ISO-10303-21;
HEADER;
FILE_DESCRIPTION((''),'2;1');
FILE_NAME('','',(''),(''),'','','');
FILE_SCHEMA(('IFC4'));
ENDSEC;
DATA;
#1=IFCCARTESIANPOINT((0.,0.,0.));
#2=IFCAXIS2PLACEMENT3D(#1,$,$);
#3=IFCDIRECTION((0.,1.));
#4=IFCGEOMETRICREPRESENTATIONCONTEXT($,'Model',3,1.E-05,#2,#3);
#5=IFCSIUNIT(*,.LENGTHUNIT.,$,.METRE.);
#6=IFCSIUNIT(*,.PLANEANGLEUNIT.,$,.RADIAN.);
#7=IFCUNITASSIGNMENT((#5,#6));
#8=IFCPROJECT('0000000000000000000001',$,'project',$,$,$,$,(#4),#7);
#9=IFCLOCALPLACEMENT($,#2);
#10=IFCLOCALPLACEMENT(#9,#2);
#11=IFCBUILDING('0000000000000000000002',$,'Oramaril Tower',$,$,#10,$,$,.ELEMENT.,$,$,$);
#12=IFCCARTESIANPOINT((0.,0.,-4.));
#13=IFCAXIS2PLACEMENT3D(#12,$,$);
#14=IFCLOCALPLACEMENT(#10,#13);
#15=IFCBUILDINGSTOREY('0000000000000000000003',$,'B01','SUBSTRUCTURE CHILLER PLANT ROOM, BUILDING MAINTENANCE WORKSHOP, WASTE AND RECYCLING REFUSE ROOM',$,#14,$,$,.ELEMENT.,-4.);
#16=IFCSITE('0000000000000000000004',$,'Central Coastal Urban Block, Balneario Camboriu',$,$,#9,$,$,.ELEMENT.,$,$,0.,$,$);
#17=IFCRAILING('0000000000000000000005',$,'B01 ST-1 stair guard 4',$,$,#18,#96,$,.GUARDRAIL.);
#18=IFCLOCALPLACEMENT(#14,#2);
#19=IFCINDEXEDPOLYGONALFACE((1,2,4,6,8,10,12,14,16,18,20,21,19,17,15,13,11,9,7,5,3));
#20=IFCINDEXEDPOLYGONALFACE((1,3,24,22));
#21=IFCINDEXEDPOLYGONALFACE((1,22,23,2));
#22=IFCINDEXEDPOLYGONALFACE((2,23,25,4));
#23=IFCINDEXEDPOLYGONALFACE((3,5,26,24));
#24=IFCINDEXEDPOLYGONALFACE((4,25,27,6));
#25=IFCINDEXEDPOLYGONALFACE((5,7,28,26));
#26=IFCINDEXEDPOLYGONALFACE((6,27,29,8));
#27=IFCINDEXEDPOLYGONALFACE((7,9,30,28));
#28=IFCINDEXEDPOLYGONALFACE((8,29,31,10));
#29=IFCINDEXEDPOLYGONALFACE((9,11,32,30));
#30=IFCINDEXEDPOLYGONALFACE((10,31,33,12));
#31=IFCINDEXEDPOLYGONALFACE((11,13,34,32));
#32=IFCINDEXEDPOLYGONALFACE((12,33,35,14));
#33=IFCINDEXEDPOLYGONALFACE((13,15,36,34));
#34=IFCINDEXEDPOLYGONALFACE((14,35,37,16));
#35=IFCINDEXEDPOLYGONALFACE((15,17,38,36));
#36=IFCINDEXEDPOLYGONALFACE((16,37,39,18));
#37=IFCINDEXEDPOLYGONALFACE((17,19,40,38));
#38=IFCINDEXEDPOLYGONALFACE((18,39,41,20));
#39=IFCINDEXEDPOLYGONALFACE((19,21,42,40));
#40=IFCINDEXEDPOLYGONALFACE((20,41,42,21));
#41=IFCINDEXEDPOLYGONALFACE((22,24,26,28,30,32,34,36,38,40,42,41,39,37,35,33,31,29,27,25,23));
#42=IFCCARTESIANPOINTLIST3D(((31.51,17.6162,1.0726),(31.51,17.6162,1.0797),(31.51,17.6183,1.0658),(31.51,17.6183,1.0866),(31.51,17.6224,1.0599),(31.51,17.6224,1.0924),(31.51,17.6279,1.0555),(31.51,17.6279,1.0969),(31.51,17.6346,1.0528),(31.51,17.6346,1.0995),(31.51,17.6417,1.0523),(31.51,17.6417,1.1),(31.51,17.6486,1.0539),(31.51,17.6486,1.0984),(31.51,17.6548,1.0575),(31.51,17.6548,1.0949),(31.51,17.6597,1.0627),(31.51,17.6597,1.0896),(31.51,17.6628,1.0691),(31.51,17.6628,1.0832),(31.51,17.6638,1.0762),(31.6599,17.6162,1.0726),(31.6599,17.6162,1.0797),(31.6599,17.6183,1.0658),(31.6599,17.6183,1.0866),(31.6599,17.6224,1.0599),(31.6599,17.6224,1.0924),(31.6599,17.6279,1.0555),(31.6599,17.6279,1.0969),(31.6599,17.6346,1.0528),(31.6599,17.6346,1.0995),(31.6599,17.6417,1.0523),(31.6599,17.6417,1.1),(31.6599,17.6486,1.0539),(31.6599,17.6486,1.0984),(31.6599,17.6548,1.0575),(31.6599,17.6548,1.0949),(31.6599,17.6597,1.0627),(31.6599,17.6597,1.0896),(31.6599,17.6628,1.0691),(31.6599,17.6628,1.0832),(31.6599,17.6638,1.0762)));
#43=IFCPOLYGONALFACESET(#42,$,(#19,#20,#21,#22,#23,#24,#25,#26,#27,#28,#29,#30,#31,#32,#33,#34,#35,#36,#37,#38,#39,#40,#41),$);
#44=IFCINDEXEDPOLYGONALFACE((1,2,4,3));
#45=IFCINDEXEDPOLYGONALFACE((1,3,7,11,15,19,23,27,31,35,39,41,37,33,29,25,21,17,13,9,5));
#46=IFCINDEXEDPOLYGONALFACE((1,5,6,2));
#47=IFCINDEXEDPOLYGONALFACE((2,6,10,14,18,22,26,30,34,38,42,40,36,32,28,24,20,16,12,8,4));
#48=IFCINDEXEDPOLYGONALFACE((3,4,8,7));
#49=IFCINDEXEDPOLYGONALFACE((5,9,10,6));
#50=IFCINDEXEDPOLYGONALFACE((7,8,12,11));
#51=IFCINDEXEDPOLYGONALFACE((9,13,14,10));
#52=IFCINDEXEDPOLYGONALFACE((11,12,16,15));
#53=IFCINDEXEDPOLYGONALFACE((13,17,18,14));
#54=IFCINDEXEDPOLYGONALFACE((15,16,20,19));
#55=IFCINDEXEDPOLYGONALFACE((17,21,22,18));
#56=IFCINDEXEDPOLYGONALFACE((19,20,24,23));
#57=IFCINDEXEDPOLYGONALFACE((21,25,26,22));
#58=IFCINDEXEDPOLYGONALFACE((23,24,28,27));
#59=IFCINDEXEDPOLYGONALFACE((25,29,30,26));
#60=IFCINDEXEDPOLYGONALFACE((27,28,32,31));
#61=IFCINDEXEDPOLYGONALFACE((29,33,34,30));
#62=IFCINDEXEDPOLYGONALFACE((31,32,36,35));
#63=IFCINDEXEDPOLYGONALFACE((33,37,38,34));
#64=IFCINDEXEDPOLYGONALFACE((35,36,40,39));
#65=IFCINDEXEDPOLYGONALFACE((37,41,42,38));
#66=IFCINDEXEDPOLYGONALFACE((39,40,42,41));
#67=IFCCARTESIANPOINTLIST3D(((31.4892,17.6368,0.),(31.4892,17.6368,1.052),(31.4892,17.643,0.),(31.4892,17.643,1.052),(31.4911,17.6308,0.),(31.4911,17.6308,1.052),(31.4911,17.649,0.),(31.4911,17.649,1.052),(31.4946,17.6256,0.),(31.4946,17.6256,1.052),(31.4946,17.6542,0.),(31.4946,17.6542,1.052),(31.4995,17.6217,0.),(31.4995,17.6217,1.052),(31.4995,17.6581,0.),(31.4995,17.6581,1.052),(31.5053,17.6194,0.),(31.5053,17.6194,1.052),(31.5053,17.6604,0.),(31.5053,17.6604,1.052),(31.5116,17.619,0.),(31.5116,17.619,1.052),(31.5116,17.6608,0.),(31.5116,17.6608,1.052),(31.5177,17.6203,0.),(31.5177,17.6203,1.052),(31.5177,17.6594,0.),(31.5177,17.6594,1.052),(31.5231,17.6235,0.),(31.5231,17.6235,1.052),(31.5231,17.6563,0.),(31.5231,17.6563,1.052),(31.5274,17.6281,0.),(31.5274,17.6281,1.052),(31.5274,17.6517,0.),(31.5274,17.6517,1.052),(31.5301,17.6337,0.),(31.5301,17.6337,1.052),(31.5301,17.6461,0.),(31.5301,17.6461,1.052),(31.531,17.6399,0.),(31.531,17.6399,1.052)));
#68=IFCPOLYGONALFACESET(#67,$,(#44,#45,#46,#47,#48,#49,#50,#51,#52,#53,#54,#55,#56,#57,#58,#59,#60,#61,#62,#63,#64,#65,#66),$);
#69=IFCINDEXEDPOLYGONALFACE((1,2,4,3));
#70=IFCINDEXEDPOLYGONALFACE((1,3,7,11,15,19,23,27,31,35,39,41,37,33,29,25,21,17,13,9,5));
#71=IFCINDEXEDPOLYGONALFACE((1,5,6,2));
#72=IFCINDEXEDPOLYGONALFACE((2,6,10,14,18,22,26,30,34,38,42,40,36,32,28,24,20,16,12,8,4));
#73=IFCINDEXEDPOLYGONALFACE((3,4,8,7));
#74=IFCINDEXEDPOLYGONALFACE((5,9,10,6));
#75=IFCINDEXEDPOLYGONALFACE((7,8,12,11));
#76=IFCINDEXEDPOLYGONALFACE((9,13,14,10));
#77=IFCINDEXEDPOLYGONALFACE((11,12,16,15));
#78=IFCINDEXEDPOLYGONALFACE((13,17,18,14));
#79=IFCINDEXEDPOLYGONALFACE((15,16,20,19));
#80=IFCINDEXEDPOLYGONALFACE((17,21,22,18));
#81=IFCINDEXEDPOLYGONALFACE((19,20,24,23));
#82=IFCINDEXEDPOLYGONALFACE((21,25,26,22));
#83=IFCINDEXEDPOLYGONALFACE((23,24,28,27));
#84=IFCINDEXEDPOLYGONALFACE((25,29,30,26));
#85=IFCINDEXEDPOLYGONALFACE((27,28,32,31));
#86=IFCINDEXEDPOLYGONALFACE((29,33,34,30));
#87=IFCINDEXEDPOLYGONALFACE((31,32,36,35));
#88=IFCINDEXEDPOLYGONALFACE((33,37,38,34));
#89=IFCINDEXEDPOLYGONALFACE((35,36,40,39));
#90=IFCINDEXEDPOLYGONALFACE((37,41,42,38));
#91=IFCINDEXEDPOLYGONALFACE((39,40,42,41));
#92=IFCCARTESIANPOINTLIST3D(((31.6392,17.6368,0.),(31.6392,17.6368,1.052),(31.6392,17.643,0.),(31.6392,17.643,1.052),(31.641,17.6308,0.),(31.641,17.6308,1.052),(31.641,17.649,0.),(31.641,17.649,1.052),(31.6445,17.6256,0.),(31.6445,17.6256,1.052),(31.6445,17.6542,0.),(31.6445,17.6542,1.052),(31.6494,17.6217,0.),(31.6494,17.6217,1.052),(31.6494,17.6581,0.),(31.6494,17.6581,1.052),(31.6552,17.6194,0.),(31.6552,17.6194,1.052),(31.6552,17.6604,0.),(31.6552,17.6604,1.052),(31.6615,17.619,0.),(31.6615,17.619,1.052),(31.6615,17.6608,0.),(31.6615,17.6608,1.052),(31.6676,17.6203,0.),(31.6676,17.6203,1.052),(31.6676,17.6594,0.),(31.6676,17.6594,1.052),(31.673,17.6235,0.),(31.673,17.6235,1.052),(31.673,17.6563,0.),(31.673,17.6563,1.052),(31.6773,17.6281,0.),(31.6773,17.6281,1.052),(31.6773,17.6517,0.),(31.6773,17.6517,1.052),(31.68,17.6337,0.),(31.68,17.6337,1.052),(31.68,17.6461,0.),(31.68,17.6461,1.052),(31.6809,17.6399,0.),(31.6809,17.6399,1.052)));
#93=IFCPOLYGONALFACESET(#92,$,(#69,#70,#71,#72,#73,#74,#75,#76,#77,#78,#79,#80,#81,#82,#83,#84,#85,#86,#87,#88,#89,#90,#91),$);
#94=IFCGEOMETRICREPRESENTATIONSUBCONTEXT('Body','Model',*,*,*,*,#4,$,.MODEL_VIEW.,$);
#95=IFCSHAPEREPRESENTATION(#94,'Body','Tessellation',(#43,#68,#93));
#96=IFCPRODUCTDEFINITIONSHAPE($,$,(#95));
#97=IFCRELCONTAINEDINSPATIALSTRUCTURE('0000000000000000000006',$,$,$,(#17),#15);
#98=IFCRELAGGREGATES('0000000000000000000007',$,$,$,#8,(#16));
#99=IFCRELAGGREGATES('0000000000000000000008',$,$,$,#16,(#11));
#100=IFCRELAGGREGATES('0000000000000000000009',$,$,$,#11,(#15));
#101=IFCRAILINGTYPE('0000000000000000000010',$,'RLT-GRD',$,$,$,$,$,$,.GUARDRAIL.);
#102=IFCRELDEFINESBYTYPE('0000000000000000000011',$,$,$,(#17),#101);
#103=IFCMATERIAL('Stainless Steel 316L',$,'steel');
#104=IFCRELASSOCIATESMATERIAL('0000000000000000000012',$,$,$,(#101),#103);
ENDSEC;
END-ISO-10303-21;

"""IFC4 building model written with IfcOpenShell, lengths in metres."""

from ifc_helpers import new_model, si_unit, direction, frame, origin, origin_2d, place, context, subcontext, project, spatial, circle, extrude, material, type_object, element, save


model = new_model("IFC4")

# Units and contexts
model_context = context("Model", 3, precision=1e-05, world=origin(), true_north=direction((0.0, 1.0)))
body_context = subcontext(model_context, "Body", "Model", "MODEL_VIEW")
ifc_project = project(units=[si_unit("LENGTHUNIT", "METRE"), si_unit("PLANEANGLEUNIT", "RADIAN")], contexts=[model_context])

# Site, building, storey
site_placement = place(None, origin())
site = spatial("IfcSite", under=ifc_project, at=site_placement, Name="Central Coastal Urban Block, Balneario Camboriu", CompositionType="ELEMENT", RefElevation=0.0)
building_placement = place(site_placement, origin())
building = spatial("IfcBuilding", under=site, at=building_placement, Name="Oramaril Tower", CompositionType="ELEMENT")
storey_placement = place(building_placement, frame((0.0, 0.0, -4.0)))
storey = spatial("IfcBuildingStorey", under=building, at=storey_placement, Name="B01", Description="SUBSTRUCTURE CHILLER PLANT ROOM, BUILDING MAINTENANCE WORKSHOP, WASTE AND RECYCLING REFUSE ROOM", CompositionType="ELEMENT", Elevation=-4.0)

# Railing
ifc_material_1 = material(Name="Stainless Steel 316L", Category="steel")
railing_type_1 = type_object("IfcRailingType", Name="RLT-GRD", PredefinedType="GUARDRAIL", material=ifc_material_1)
railing_1_placement = place(storey_placement, frame((31.51, 17.6399, 0.0)))
element("IfcRailing", 1, at=railing_1_placement, inside=storey, type_object=railing_type_1, Name="B01 ST-1 stair guard 4", PredefinedType="GUARDRAIL", context=body_context, shape_type="SweptSolid", body=[
    extrude(circle(Radius=0.0239, at=origin_2d()), frame((0.0, 0.0, 1.0762), z_axis=(1.0, 0.0, 0.0), x_axis=(0.0, 1.0, 0.0)), (0.0, 0.0, 1.0), 0.1499),
    extrude(circle(Radius=0.021, at=origin_2d()), origin(), (0.0, 0.0, 1.0), 1.052),
    extrude(circle(Radius=0.021, at=origin_2d()), frame((0.1499, 0.0, 0.0)), (0.0, 0.0, 1.0), 1.052),
])

save(model, "model.ifc")
